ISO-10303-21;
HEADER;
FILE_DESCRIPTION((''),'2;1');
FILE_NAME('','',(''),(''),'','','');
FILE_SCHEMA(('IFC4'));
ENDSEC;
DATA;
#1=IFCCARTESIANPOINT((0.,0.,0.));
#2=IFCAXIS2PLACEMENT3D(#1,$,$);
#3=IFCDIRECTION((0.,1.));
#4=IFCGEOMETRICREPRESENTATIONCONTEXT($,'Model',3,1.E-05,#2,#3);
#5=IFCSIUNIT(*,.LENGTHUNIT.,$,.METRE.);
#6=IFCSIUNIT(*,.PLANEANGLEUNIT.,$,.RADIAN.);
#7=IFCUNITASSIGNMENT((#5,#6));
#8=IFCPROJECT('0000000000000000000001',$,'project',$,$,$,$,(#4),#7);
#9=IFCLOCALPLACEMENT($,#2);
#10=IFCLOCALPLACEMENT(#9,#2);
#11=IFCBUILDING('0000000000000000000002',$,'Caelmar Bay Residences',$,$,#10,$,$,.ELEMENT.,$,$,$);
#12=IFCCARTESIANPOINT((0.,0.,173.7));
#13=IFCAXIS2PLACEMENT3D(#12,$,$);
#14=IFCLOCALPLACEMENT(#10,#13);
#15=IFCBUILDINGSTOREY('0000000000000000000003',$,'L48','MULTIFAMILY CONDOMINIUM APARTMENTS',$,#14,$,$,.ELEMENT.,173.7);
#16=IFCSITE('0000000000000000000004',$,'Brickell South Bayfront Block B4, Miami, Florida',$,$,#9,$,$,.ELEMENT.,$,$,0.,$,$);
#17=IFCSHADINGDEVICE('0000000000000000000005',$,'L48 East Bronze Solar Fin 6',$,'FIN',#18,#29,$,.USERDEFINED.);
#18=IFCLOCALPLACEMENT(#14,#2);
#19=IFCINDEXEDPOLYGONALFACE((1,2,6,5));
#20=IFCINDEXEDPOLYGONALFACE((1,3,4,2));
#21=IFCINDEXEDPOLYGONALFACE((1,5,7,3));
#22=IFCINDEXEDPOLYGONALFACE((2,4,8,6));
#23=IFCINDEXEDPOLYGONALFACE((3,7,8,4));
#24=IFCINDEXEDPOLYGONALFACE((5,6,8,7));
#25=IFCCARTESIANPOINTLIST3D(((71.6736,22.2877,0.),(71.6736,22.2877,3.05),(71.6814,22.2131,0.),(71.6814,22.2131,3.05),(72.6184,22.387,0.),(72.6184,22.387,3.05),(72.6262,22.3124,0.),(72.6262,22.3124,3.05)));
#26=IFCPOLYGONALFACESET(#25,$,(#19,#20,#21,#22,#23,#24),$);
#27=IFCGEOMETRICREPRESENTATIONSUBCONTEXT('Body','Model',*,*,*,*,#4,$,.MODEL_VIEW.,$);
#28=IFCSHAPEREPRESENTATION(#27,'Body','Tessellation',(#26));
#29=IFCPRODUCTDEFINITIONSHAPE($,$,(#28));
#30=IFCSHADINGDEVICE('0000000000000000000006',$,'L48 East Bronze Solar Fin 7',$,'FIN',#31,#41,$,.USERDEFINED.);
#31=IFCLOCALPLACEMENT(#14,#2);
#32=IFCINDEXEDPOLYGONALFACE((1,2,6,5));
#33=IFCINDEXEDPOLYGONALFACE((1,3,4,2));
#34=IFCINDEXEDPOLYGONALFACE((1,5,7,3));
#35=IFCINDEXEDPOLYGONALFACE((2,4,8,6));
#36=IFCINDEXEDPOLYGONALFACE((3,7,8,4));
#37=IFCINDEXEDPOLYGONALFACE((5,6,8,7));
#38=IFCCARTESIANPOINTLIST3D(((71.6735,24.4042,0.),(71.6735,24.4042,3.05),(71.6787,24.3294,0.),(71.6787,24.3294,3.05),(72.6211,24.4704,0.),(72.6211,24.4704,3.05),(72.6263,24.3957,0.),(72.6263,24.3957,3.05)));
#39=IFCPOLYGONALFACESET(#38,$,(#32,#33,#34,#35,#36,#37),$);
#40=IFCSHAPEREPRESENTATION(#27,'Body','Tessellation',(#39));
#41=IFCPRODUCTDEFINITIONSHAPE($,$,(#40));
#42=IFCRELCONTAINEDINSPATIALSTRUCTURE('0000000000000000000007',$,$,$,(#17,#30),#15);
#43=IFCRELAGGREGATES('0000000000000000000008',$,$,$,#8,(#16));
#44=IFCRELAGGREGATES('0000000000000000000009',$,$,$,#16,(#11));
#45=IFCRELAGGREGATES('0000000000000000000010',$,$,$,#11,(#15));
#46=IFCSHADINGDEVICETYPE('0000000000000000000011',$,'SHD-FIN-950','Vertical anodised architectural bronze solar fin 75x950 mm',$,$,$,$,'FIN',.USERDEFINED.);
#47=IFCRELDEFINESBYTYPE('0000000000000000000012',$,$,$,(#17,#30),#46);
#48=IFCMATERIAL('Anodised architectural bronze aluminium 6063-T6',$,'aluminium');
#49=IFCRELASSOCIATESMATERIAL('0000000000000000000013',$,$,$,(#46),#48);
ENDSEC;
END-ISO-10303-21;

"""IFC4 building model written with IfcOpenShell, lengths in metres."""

from ifc_helpers import new_model, si_unit, direction, frame, origin, origin_2d, place, context, subcontext, project, spatial, rectangle, extrude, material, material_profile, profile_set, type_object, element, save


model = new_model("IFC4")

# Units and contexts
model_context = context("Model", 3, precision=1e-05, world=origin(), true_north=direction((0.0, 1.0)))
body_context = subcontext(model_context, "Body", "Model", "MODEL_VIEW")
ifc_project = project(units=[si_unit("LENGTHUNIT", "METRE"), si_unit("PLANEANGLEUNIT", "RADIAN")], contexts=[model_context])

# Site, building, storey
site_placement = place(None, origin())
site = spatial("IfcSite", under=ifc_project, at=site_placement, Name="Brickell South Bayfront Block B4, Miami, Florida", CompositionType="ELEMENT", RefElevation=0.0)
building_placement = place(site_placement, origin())
building = spatial("IfcBuilding", under=site, at=building_placement, Name="Caelmar Bay Residences", CompositionType="ELEMENT")
storey_placement = place(building_placement, frame((0.0, 0.0, 173.7)))
storey = spatial("IfcBuildingStorey", under=building, at=storey_placement, Name="L48", Description="MULTIFAMILY CONDOMINIUM APARTMENTS", CompositionType="ELEMENT", Elevation=173.7)

# Shading devices
ifc_material_1 = material(Name="Anodised architectural bronze aluminium 6063-T6", Category="aluminium")
ifc_material_profile_1 = material_profile(ifc_material_1, rectangle(XDim=0.075, YDim=0.95, at=origin_2d()), Name="BRONZE-FIN-75X950")
ifc_profile_set_1 = profile_set([ifc_material_profile_1], Name="Anodised architectural bronze aluminium 6063-T6")
shading_device_type = type_object("IfcShadingDeviceType", Name="SHD-FIN-950", Description="Vertical anodised architectural bronze solar fin 75x950 mm", ElementType="FIN", PredefinedType="USERDEFINED", material=ifc_profile_set_1)
for number, where, z_axis, x_axis, name in (
    (1, (72.1499, 22.3, 0.0), (0.0, 0.0, 1.0), (-0.104528, 0.994522, 0.0), "L48 East Bronze Solar Fin 6"),
    (2, (72.1499, 24.3999, 0.0), (0.0, 0.0, 1.0), (-0.069756, 0.997564, 0.0), "L48 East Bronze Solar Fin 7"),
):
    element("IfcShadingDevice", number, at=place(storey_placement, frame(where, z_axis=z_axis, x_axis=x_axis)), inside=storey, type_object=shading_device_type, Name=name, ObjectType="FIN", PredefinedType="USERDEFINED", context=body_context, shape_type="SweptSolid", body=[
        extrude(rectangle(XDim=0.075, YDim=0.95, at=origin_2d()), origin(), (0.0, 0.0, 1.0), 3.05),
    ])

save(model, "model.ifc")
